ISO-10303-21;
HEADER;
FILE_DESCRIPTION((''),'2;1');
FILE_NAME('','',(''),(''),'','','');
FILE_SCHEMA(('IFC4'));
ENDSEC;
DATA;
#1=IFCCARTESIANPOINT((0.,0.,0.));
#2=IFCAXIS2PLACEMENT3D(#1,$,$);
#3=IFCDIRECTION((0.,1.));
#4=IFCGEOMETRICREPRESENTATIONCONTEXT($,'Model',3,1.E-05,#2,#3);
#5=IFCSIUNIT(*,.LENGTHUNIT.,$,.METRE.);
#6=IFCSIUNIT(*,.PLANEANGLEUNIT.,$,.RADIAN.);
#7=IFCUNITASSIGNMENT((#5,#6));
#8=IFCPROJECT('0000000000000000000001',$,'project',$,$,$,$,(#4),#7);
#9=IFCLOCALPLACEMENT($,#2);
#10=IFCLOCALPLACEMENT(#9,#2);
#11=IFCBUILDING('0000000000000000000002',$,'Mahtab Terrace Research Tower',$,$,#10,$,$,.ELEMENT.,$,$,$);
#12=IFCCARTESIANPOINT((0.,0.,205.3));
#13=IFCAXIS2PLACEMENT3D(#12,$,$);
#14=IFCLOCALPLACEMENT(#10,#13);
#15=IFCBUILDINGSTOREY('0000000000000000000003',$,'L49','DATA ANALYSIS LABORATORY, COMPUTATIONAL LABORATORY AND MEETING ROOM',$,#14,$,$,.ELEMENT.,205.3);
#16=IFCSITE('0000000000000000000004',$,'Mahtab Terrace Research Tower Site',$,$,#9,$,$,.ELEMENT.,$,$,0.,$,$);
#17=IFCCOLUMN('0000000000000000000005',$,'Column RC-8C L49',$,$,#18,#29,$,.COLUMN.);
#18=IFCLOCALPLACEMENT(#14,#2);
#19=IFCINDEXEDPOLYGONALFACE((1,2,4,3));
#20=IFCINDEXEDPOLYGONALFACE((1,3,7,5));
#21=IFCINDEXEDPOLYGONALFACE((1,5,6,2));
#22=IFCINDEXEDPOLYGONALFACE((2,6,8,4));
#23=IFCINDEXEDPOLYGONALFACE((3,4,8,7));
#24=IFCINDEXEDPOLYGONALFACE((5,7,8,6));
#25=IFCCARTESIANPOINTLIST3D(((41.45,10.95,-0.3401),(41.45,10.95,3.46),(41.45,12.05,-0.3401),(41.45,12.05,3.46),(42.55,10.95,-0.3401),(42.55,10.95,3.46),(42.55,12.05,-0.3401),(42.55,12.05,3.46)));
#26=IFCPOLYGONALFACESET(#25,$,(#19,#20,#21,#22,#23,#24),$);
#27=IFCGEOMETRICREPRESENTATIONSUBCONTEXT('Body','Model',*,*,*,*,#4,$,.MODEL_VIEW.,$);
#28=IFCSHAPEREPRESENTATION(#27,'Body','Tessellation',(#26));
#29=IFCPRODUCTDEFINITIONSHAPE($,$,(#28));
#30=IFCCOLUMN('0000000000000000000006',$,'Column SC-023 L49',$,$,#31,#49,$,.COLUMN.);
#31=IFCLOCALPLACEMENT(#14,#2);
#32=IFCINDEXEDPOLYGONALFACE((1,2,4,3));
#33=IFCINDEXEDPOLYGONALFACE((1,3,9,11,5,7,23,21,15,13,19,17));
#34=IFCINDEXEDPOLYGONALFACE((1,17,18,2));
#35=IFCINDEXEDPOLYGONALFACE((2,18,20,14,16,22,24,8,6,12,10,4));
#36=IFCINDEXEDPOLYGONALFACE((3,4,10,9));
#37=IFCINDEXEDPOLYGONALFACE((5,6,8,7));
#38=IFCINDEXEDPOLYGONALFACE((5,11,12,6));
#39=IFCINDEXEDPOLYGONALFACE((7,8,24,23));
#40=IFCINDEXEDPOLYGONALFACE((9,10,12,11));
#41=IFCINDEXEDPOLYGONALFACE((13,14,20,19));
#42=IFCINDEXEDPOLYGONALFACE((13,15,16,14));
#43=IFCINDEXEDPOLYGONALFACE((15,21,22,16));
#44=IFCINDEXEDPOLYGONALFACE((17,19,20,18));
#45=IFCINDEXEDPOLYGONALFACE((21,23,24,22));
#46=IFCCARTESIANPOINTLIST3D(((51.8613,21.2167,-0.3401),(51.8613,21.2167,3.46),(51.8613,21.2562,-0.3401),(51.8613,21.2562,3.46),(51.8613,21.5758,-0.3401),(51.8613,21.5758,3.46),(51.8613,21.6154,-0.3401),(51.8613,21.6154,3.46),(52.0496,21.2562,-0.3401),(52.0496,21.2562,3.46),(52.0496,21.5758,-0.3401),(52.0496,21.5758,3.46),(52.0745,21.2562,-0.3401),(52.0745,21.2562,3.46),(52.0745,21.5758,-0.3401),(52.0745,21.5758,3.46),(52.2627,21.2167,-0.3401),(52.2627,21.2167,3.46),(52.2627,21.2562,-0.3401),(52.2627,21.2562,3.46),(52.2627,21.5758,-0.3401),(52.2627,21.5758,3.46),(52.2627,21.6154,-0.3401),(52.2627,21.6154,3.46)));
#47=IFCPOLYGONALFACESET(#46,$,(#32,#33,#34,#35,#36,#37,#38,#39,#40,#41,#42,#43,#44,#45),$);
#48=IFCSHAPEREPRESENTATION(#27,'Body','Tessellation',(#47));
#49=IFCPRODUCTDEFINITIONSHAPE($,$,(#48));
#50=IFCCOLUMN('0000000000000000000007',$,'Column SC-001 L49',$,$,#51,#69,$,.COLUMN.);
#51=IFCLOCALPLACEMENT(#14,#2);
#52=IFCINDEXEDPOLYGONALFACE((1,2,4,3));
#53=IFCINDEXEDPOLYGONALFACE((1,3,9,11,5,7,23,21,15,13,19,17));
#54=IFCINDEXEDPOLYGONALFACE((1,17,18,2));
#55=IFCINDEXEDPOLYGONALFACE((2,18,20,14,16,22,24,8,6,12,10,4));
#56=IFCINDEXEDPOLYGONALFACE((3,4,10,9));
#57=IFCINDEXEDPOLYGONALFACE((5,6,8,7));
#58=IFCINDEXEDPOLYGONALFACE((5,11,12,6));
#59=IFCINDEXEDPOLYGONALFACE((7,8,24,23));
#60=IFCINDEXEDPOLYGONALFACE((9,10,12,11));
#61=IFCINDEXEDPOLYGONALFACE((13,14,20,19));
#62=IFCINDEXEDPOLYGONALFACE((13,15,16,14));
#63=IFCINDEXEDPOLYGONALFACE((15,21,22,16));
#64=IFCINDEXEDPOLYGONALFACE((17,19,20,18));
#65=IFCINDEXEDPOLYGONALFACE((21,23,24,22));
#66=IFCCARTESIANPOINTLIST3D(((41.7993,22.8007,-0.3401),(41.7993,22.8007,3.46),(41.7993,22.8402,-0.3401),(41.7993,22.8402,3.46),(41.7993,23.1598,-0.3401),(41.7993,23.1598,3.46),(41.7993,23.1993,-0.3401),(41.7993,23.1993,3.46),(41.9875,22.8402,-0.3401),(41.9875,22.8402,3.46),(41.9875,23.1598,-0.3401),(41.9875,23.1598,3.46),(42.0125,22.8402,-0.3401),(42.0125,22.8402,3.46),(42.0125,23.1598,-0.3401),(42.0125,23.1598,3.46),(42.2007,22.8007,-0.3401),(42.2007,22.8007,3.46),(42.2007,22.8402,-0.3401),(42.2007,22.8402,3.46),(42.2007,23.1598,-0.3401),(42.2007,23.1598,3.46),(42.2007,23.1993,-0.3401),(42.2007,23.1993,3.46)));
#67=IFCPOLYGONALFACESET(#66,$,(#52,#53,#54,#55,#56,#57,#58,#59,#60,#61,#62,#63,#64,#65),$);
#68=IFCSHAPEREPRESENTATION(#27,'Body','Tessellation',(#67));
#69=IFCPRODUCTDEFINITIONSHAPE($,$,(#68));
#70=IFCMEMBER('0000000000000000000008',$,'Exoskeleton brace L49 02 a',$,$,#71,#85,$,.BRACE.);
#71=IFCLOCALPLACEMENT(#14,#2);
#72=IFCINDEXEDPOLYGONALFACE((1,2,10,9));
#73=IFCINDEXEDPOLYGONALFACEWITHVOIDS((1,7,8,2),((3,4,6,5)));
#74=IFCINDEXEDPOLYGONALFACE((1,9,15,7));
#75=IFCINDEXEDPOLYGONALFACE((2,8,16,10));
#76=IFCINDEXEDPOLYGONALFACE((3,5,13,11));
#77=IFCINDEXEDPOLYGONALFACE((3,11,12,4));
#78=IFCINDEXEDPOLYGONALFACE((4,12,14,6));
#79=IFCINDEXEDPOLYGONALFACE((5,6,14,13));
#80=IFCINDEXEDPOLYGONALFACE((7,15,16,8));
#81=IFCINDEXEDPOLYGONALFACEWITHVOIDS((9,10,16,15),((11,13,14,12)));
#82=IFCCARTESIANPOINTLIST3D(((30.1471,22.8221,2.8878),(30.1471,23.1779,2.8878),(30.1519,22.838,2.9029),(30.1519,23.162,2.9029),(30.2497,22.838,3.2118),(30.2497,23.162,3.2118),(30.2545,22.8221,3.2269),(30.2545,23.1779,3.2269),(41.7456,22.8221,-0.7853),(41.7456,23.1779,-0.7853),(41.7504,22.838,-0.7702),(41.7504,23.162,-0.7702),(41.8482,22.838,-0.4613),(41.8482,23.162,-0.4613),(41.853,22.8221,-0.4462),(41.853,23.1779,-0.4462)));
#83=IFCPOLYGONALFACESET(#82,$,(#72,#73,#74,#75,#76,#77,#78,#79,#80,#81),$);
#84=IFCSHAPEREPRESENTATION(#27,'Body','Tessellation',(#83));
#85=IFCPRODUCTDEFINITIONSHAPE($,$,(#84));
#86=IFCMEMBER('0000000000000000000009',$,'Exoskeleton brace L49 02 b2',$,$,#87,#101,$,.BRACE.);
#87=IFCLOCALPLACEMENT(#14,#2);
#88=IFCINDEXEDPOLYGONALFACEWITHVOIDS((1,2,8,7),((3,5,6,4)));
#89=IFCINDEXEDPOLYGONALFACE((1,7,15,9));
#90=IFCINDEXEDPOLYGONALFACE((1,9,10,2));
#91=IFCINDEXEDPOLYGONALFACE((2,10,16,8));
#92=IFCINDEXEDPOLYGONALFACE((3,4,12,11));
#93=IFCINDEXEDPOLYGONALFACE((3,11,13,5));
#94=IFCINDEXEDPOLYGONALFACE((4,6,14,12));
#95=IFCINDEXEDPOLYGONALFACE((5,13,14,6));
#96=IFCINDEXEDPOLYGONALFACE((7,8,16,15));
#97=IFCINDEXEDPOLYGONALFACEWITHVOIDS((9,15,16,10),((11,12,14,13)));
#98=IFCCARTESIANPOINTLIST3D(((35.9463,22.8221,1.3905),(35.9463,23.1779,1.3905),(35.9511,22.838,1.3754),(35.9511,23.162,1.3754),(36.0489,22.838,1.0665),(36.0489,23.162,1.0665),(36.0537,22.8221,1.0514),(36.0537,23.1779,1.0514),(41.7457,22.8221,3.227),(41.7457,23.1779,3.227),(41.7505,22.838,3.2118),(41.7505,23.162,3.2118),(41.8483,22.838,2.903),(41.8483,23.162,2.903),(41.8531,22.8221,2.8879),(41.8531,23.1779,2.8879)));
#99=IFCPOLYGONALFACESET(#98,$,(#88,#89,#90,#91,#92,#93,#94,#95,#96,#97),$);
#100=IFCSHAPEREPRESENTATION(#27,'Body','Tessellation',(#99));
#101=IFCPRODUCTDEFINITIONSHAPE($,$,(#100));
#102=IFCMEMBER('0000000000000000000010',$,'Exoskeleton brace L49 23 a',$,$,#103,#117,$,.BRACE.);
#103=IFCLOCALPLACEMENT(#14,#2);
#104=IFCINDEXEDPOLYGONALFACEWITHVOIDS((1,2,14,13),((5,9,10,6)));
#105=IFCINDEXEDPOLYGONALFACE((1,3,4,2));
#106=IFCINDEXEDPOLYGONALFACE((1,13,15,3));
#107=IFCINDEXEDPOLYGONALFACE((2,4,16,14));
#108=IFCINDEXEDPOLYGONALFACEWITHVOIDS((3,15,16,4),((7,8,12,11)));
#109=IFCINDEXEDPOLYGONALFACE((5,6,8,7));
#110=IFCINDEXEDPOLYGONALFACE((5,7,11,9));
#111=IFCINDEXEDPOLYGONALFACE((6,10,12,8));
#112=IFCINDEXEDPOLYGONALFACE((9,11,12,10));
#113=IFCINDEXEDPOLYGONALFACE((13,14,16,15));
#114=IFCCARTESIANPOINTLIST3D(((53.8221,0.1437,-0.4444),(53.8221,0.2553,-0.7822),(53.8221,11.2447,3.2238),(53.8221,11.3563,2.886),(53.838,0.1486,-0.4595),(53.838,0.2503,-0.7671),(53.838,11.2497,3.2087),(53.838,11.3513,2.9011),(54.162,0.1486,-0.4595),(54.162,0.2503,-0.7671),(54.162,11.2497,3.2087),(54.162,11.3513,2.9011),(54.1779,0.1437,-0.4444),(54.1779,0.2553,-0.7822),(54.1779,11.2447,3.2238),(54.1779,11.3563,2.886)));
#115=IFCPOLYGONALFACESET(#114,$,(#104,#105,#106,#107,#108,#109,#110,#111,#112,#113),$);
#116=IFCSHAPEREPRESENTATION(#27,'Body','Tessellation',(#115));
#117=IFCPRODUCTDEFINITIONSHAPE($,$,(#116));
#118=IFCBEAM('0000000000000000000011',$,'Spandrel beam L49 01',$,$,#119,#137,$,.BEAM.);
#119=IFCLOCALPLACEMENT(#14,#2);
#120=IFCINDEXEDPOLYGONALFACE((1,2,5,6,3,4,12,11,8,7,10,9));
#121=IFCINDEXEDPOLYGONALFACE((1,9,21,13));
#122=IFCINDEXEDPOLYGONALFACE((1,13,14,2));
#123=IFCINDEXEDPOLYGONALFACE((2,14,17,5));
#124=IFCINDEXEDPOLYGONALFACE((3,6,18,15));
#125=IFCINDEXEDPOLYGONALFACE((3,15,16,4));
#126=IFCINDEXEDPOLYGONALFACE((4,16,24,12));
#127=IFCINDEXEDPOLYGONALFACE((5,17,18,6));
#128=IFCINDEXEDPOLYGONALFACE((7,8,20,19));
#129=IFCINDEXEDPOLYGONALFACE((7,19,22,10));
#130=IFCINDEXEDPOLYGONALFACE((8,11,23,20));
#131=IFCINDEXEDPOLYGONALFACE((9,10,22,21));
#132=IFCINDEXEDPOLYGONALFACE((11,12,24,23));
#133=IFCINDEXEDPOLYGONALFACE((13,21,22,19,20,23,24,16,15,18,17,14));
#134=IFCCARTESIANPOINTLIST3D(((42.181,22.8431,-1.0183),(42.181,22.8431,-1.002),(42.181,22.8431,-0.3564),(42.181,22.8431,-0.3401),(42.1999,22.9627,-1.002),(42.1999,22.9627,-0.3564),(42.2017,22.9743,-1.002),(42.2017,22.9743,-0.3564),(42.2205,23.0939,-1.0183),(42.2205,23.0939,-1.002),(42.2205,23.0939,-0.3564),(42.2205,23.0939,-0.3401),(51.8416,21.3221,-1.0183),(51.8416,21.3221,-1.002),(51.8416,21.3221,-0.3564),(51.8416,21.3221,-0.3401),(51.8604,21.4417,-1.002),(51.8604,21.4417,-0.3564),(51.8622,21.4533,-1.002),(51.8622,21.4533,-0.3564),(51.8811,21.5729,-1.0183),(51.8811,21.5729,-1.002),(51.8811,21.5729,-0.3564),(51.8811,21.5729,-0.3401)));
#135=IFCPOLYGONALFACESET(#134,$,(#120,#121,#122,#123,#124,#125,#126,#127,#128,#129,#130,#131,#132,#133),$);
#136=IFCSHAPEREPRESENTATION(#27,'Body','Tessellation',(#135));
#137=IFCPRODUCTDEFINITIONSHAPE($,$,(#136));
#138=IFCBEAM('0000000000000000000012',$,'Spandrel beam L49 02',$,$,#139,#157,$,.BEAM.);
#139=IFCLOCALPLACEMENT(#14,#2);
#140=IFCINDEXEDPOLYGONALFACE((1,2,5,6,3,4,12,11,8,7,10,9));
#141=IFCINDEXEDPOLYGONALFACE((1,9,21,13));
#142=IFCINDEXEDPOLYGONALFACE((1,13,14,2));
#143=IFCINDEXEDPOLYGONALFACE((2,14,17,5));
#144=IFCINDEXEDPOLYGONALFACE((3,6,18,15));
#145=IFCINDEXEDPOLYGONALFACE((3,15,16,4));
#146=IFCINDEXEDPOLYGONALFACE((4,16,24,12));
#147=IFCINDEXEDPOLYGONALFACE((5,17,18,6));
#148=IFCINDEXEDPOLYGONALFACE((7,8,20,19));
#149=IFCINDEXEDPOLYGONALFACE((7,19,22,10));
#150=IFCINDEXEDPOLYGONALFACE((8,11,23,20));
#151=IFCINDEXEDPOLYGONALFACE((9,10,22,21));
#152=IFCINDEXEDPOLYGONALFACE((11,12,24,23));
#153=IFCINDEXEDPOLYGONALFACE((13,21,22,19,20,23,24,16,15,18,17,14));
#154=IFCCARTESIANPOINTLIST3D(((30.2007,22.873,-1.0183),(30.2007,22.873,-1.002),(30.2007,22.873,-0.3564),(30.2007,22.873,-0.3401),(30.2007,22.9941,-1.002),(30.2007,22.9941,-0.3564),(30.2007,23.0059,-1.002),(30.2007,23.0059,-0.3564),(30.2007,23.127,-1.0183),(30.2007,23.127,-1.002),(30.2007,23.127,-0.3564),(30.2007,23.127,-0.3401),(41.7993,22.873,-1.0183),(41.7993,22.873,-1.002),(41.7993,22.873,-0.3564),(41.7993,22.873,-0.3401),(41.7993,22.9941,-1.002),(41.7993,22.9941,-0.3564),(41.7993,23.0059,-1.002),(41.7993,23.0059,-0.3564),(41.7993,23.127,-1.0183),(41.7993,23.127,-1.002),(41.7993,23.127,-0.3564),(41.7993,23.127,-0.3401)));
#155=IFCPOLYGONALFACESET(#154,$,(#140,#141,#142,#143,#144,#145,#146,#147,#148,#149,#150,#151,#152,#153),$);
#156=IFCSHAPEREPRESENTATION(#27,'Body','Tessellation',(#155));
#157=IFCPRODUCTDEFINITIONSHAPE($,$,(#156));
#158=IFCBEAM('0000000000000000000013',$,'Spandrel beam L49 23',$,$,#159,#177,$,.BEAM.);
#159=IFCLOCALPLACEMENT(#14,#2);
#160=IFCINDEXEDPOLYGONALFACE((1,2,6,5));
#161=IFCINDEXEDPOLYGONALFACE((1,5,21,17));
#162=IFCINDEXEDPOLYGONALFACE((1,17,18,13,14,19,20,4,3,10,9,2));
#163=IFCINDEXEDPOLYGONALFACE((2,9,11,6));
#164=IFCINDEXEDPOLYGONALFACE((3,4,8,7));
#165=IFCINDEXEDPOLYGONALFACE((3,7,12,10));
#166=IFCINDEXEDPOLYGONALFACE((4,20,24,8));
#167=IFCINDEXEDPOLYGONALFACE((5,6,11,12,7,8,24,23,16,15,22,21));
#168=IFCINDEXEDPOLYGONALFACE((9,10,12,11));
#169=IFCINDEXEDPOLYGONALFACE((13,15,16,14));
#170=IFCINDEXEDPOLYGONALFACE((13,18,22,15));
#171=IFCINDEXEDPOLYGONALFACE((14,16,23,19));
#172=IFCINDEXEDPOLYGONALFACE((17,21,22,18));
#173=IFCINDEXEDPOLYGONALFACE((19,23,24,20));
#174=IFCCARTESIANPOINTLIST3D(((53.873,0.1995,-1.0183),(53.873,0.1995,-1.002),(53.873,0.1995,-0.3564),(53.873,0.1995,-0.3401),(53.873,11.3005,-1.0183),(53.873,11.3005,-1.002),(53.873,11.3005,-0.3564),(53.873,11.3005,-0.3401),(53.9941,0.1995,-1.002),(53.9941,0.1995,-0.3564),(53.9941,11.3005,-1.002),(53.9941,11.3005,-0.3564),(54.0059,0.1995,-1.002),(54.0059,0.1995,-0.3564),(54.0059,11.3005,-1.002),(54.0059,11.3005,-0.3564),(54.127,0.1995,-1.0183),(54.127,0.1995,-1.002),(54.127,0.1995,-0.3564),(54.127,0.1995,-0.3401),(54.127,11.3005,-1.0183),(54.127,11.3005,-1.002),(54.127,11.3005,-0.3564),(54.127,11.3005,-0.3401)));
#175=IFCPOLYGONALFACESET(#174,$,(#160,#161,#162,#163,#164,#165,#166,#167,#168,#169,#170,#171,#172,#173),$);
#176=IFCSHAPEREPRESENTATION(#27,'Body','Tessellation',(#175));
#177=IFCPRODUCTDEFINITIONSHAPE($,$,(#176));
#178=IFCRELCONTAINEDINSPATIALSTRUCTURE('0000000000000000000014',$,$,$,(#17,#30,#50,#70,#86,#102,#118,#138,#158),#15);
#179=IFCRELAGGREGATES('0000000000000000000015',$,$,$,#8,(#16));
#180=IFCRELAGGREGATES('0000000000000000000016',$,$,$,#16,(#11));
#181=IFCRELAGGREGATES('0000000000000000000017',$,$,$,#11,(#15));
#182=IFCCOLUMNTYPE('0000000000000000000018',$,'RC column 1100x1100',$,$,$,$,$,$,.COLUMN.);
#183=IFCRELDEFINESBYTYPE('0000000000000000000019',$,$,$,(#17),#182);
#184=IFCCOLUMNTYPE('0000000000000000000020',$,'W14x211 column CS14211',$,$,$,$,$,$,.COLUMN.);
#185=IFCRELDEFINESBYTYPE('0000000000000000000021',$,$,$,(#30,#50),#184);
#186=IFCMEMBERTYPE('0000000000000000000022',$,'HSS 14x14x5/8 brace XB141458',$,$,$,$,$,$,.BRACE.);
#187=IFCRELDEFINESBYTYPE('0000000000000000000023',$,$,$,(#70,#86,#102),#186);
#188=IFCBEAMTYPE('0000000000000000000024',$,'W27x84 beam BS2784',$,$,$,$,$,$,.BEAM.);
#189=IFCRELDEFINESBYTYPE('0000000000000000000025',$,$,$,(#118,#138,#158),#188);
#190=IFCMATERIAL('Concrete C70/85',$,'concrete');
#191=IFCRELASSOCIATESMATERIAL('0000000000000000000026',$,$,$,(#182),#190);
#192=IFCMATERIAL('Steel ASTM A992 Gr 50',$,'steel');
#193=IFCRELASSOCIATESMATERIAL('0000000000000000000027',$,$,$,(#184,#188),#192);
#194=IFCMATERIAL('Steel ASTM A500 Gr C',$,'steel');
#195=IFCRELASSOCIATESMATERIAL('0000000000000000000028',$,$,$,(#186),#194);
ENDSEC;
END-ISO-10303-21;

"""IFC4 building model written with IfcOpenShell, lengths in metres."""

from ifc_helpers import new_model, si_unit, direction, frame, origin, origin_2d, place, context, subcontext, project, spatial, rectangle, hollow_rectangle, i_section, extrude, material, material_profile, profile_set, type_object, element, save


model = new_model("IFC4")

# Units and contexts
model_context = context("Model", 3, precision=1e-05, world=origin(), true_north=direction((0.0, 1.0)))
body_context = subcontext(model_context, "Body", "Model", "MODEL_VIEW")
ifc_project = project(units=[si_unit("LENGTHUNIT", "METRE"), si_unit("PLANEANGLEUNIT", "RADIAN")], contexts=[model_context])

# Site, building, storey
site_placement = place(None, origin())
site = spatial("IfcSite", under=ifc_project, at=site_placement, Name="Mahtab Terrace Research Tower Site", CompositionType="ELEMENT", RefElevation=0.0)
building_placement = place(site_placement, origin())
building = spatial("IfcBuilding", under=site, at=building_placement, Name="Mahtab Terrace Research Tower", CompositionType="ELEMENT")
storey_placement = place(building_placement, frame((0.0, 0.0, 205.3)))
storey = spatial("IfcBuildingStorey", under=building, at=storey_placement, Name="L49", Description="DATA ANALYSIS LABORATORY, COMPUTATIONAL LABORATORY AND MEETING ROOM", CompositionType="ELEMENT", Elevation=205.3)

# Columns
ifc_material_1 = material(Name="Concrete C70/85", Category="concrete")
ifc_material_profile_1 = material_profile(ifc_material_1, rectangle(XDim=1.1001, YDim=1.1001, at=origin_2d()), Name="RC column 1100x1100")
ifc_profile_set_1 = profile_set([ifc_material_profile_1], Name="Concrete C70/85")
column_type_1 = type_object("IfcColumnType", Name="RC column 1100x1100", PredefinedType="COLUMN", material=ifc_profile_set_1)
column_placement = place(storey_placement, frame((42.0, 11.5, -0.3401), z_axis=(0.0, 0.0, 1.0), x_axis=(1.0, 0.0, 0.0)))
element("IfcColumn", 1, at=column_placement, inside=storey, type_object=column_type_1, Name="Column RC-8C L49", PredefinedType="COLUMN", context=body_context, shape_type="SweptSolid", body=[
    extrude(rectangle(XDim=1.1001, YDim=1.1001, at=origin_2d()), origin(), (0.0, 0.0, 1.0), 3.8),
])
ifc_material_2 = material(Name="Steel ASTM A992 Gr 50", Category="steel")
ifc_material_profile_2 = material_profile(ifc_material_2, i_section(OverallWidth=0.4014, OverallDepth=0.3987, WebThickness=0.0249, FlangeThickness=0.0396, at=origin_2d()), Name="W14X211")
ifc_profile_set_2 = profile_set([ifc_material_profile_2], Name="Steel ASTM A992 Gr 50")
column_type_2 = type_object("IfcColumnType", Name="W14x211 column CS14211", PredefinedType="COLUMN", material=ifc_profile_set_2)
for number, where, z_axis, x_axis, name in (
    (2, (52.062, 21.416, -0.3401), (0.0, 0.0, 1.0), (1.0, 0.0, 0.0), "Column SC-023 L49"),
    (3, (42.0, 23.0, -0.3401), (0.0, 0.0, 1.0), (1.0, 0.0, 0.0), "Column SC-001 L49"),
):
    element("IfcColumn", number, at=place(storey_placement, frame(where, z_axis=z_axis, x_axis=x_axis)), inside=storey, type_object=column_type_2, Name=name, PredefinedType="COLUMN", context=body_context, shape_type="SweptSolid", body=[
        extrude(i_section(OverallWidth=0.4014, OverallDepth=0.3987, WebThickness=0.0249, FlangeThickness=0.0396, at=origin_2d()), origin(), (0.0, 0.0, 1.0), 3.8),
    ])

# Members
ifc_material_3 = material(Name="Steel ASTM A500 Gr C", Category="steel")
ifc_material_profile_3 = material_profile(ifc_material_3, hollow_rectangle(XDim=0.3557, YDim=0.3557, WallThickness=0.0159, at=origin_2d()), Name="HSS14X14X5/8")
ifc_profile_set_3 = profile_set([ifc_material_profile_3], Name="Steel ASTM A500 Gr C")
member_type = type_object("IfcMemberType", Name="HSS 14x14x5/8 brace XB141458", PredefinedType="BRACE", material=ifc_profile_set_3)
member_1_placement = place(storey_placement, frame((41.7993, 23.0, -0.6157), z_axis=(-0.953338, 0.0, 0.301906), x_axis=(0.0, -1.0, 0.0)))
element("IfcMember", 4, at=member_1_placement, inside=storey, type_object=member_type, Name="Exoskeleton brace L49 02 a", PredefinedType="BRACE", context=body_context, shape_type="SweptSolid", body=[
    extrude(hollow_rectangle(XDim=0.3557, YDim=0.3557, WallThickness=0.0159, at=origin_2d()), origin(), (0.0, 0.0, 1.0), 12.1663),
])
member_2_placement = place(storey_placement, frame((36.0, 23.0, 1.2209), z_axis=(0.953343, 0.0, 0.301888), x_axis=(0.0, 1.0, 0.0)))
element("IfcMember", 5, at=member_2_placement, inside=storey, type_object=member_type, Name="Exoskeleton brace L49 02 b2", PredefinedType="BRACE", context=body_context, shape_type="SweptSolid", body=[
    extrude(hollow_rectangle(XDim=0.3557, YDim=0.3557, WallThickness=0.0159, at=origin_2d()), origin(), (0.0, 0.0, 1.0), 6.0833),
])
member_3_placement = place(storey_placement, frame((54.0, 0.1995, -0.6133), z_axis=(0.0, 0.949505, 0.313752), x_axis=(-1.0, 0.0, 0.0)))
element("IfcMember", 6, at=member_3_placement, inside=storey, type_object=member_type, Name="Exoskeleton brace L49 23 a", PredefinedType="BRACE", context=body_context, shape_type="SweptSolid", body=[
    extrude(hollow_rectangle(XDim=0.3557, YDim=0.3557, WallThickness=0.0159, at=origin_2d()), origin(), (0.0, 0.0, 1.0), 11.6914),
])

# Beams
ifc_material_profile_4 = material_profile(ifc_material_2, i_section(OverallWidth=0.2539, OverallDepth=0.6782, WebThickness=0.0117, FlangeThickness=0.0164, at=origin_2d()), Name="W27X84")
ifc_profile_set_4 = profile_set([ifc_material_profile_4], Name="Steel ASTM A992 Gr 50")
beam_type = type_object("IfcBeamType", Name="W27x84 beam BS2784", PredefinedType="BEAM", material=ifc_profile_set_4)
beam_1_placement = place(storey_placement, frame((51.8613, 21.4475, -0.6792), z_axis=(-0.987832, 0.155527, 0.0), x_axis=(-0.155527, -0.987832, 0.0)))
element("IfcBeam", 7, at=beam_1_placement, inside=storey, type_object=beam_type, Name="Spandrel beam L49 01", PredefinedType="BEAM", context=body_context, shape_type="SweptSolid", body=[
    extrude(i_section(OverallWidth=0.2539, OverallDepth=0.6782, WebThickness=0.0117, FlangeThickness=0.0164, at=origin_2d()), origin(), (0.0, 0.0, 1.0), 9.7795),
])
beam_2_placement = place(storey_placement, frame((41.7993, 23.0, -0.6792), z_axis=(-1.0, 0.0, 0.0), x_axis=(0.0, -1.0, 0.0)))
element("IfcBeam", 8, at=beam_2_placement, inside=storey, type_object=beam_type, Name="Spandrel beam L49 02", PredefinedType="BEAM", context=body_context, shape_type="SweptSolid", body=[
    extrude(i_section(OverallWidth=0.2539, OverallDepth=0.6782, WebThickness=0.0117, FlangeThickness=0.0164, at=origin_2d()), origin(), (0.0, 0.0, 1.0), 11.5986),
])
beam_3_placement = place(storey_placement, frame((54.0, 0.1995, -0.6792), z_axis=(0.0, 1.0, 0.0), x_axis=(-1.0, 0.0, 0.0)))
element("IfcBeam", 9, at=beam_3_placement, inside=storey, type_object=beam_type, Name="Spandrel beam L49 23", PredefinedType="BEAM", context=body_context, shape_type="SweptSolid", body=[
    extrude(i_section(OverallWidth=0.2539, OverallDepth=0.6782, WebThickness=0.0117, FlangeThickness=0.0164, at=origin_2d()), origin(), (0.0, 0.0, 1.0), 11.1011),
])

save(model, "model.ifc")
